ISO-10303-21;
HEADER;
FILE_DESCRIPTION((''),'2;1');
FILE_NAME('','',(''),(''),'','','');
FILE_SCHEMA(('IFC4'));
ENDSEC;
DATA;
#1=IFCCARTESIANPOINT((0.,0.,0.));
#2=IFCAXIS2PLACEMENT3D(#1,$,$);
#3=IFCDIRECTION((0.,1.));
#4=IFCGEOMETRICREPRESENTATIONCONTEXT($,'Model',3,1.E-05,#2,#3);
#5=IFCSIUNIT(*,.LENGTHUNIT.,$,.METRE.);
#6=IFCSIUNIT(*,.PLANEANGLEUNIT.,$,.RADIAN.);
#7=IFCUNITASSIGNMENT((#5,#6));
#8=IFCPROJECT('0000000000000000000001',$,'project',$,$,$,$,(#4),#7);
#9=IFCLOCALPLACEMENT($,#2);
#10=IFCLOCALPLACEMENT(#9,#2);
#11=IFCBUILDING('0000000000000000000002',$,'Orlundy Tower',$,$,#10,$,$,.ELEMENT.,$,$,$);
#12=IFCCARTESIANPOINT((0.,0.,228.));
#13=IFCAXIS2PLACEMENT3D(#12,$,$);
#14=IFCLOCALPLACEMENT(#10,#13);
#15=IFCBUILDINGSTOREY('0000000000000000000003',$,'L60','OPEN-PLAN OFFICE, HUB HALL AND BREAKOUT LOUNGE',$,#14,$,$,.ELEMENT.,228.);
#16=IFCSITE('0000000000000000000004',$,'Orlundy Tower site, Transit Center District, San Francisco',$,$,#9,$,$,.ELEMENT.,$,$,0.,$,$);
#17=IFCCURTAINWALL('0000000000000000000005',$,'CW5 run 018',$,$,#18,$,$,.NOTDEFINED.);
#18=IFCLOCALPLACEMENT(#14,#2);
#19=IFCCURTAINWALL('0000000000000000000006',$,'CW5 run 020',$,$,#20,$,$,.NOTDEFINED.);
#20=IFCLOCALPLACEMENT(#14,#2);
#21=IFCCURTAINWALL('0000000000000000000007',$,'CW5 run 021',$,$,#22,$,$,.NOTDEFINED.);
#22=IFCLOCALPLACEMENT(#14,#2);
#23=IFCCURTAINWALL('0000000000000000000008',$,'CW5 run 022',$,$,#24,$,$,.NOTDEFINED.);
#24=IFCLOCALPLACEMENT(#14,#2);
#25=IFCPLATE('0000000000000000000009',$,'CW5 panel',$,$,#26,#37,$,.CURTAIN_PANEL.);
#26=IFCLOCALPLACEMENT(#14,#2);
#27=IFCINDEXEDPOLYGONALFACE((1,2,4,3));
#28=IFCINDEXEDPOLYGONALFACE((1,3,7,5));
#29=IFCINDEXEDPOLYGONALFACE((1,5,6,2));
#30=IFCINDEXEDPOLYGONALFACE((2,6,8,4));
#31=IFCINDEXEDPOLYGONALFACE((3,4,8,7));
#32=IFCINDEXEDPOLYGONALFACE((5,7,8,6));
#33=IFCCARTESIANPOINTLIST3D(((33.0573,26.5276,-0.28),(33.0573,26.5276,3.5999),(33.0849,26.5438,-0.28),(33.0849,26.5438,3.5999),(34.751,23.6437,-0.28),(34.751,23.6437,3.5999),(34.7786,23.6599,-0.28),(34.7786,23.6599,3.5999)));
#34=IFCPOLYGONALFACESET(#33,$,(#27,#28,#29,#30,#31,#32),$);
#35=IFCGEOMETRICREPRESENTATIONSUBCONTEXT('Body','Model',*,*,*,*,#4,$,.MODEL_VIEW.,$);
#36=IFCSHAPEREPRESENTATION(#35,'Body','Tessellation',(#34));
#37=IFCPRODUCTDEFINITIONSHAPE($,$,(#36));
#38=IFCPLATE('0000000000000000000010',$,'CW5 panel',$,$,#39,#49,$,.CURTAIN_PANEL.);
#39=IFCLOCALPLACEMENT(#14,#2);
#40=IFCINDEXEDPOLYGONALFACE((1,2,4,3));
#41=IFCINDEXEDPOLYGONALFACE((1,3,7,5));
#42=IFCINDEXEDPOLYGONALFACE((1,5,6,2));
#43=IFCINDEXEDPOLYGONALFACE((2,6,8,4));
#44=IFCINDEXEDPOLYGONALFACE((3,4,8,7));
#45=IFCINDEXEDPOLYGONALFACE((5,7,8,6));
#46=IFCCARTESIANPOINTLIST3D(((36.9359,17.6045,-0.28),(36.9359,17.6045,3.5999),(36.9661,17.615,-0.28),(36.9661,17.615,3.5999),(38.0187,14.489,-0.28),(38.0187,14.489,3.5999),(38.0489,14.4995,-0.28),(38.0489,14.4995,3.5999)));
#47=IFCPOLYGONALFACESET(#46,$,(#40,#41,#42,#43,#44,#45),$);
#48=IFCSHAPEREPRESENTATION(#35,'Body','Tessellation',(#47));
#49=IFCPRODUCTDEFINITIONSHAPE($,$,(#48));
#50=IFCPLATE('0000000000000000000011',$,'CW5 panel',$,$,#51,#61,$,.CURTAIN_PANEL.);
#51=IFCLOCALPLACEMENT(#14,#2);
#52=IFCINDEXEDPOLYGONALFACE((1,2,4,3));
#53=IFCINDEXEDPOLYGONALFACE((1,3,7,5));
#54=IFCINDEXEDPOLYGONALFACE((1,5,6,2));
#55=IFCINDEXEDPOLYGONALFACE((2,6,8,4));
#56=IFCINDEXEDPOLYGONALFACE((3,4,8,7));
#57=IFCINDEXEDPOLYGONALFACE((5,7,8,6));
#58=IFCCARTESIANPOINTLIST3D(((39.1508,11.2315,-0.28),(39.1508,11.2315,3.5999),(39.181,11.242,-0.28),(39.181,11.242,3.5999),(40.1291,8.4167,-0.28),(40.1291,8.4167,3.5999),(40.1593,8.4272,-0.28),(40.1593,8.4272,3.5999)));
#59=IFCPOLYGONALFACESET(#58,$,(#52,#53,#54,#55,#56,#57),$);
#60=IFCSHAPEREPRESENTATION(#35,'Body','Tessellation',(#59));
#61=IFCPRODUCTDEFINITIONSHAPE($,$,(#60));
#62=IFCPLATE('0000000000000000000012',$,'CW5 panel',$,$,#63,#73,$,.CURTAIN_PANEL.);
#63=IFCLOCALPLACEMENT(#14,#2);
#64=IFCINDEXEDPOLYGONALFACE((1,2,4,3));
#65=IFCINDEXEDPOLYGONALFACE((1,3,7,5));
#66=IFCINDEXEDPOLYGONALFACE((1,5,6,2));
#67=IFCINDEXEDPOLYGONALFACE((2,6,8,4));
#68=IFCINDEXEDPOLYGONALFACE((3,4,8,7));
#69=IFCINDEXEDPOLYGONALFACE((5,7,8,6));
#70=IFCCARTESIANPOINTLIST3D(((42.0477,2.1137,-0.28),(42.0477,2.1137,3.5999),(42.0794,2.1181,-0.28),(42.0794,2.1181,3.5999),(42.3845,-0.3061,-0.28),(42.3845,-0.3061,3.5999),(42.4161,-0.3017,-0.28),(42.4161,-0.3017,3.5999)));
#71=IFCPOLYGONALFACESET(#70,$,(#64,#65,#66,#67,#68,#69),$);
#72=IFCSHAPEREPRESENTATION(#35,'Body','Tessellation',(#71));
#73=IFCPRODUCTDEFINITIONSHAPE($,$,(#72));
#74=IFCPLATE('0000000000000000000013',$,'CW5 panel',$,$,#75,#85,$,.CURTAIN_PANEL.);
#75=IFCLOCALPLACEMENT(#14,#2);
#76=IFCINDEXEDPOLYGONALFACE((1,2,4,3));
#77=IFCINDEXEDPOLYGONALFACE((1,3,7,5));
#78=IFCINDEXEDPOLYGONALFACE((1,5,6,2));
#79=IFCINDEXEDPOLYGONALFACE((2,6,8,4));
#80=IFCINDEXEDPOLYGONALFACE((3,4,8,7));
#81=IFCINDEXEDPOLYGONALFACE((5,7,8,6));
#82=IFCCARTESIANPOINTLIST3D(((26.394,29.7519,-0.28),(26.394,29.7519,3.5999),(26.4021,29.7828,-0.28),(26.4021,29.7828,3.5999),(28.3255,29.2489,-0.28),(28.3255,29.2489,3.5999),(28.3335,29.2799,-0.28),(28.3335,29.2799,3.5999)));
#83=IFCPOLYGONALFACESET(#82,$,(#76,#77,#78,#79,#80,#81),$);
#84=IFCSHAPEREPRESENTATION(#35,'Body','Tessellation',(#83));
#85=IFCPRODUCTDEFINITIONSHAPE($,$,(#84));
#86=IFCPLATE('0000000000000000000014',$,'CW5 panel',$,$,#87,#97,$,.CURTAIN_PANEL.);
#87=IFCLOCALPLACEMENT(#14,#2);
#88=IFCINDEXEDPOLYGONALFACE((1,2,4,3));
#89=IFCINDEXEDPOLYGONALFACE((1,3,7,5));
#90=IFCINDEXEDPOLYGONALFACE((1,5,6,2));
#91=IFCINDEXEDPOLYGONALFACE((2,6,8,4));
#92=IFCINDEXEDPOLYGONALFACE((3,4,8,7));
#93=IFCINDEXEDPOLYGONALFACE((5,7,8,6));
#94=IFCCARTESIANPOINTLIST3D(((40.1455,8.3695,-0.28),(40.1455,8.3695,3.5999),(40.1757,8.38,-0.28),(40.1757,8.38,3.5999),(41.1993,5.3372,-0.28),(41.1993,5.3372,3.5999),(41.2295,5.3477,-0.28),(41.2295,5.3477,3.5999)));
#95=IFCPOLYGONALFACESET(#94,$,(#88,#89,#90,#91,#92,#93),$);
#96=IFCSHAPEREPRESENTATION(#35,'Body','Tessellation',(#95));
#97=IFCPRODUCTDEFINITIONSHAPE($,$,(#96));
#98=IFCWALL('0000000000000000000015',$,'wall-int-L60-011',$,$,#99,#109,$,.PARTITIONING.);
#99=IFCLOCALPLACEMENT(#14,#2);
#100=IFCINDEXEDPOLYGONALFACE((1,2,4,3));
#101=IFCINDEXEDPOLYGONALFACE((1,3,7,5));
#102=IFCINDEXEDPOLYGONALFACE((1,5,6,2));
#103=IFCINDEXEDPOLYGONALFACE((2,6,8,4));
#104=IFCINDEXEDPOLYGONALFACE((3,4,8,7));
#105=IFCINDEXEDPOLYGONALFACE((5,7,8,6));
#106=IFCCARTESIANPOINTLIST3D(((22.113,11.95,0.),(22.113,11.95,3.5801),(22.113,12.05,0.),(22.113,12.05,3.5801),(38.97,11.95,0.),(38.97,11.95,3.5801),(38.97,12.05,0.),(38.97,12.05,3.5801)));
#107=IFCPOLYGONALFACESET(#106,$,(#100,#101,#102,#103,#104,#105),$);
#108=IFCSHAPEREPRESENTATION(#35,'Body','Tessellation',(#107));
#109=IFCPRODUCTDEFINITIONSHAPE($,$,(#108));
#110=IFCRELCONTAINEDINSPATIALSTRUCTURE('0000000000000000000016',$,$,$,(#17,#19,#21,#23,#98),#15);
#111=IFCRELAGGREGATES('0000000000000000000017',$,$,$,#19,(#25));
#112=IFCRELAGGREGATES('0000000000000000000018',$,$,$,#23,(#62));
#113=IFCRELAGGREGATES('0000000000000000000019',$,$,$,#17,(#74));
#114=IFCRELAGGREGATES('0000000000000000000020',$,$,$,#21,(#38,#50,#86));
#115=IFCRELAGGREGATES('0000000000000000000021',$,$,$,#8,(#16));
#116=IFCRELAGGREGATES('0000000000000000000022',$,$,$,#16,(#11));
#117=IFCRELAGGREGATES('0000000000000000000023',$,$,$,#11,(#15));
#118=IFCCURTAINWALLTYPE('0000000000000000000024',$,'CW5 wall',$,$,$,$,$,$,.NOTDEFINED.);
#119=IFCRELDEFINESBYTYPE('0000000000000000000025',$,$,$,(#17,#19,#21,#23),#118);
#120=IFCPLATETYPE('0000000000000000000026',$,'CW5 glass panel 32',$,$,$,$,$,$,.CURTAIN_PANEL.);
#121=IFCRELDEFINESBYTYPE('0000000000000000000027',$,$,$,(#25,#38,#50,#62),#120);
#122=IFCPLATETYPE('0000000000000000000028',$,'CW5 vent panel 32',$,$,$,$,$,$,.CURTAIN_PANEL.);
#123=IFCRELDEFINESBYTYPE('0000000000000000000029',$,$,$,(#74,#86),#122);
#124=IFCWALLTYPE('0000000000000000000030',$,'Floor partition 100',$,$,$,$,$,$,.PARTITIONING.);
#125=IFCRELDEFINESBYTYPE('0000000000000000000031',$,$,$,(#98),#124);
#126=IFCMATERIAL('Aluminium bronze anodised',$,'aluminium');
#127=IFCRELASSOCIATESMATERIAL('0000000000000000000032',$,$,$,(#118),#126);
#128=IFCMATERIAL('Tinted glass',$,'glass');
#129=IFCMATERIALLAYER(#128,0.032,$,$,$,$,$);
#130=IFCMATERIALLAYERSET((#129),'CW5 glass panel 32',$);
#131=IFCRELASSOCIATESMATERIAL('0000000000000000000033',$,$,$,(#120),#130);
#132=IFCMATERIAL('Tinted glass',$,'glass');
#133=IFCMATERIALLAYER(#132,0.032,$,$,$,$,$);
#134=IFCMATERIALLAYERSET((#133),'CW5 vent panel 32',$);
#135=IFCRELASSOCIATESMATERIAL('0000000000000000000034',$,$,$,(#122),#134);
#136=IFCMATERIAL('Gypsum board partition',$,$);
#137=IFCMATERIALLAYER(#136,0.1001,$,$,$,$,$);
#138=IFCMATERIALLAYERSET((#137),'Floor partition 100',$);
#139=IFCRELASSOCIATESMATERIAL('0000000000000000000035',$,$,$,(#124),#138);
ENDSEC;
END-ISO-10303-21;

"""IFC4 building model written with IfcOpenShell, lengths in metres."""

from ifc_helpers import new_model, si_unit, direction, frame, frame_2d, origin, origin_2d, place, context, subcontext, project, spatial, rectangle, extrude, material, layer, layer_set, type_object, element, aggregate, save


model = new_model("IFC4")

# Units and contexts
model_context = context("Model", 3, precision=1e-05, world=origin(), true_north=direction((0.0, 1.0)))
body_context = subcontext(model_context, "Body", "Model", "MODEL_VIEW")
ifc_project = project(units=[si_unit("LENGTHUNIT", "METRE"), si_unit("PLANEANGLEUNIT", "RADIAN")], contexts=[model_context])

# Site, building, storey
site_placement = place(None, origin())
site = spatial("IfcSite", under=ifc_project, at=site_placement, Name="Orlundy Tower site, Transit Center District, San Francisco", CompositionType="ELEMENT", RefElevation=0.0)
building_placement = place(site_placement, origin())
building = spatial("IfcBuilding", under=site, at=building_placement, Name="Orlundy Tower", CompositionType="ELEMENT")
storey_placement = place(building_placement, frame((0.0, 0.0, 228.0)))
storey = spatial("IfcBuildingStorey", under=building, at=storey_placement, Name="L60", Description="OPEN-PLAN OFFICE, HUB HALL AND BREAKOUT LOUNGE", CompositionType="ELEMENT", Elevation=228.0)

# Curtain walls
ifc_material_1 = material(Name="Aluminium bronze anodised", Category="aluminium")
curtain_wall_type = type_object("IfcCurtainWallType", Name="CW5 wall", PredefinedType="NOTDEFINED", material=ifc_material_1)
curtain_wall_1_placement = place(storey_placement, origin())
curtain_wall_1 = element("IfcCurtainWall", 1, at=curtain_wall_1_placement, inside=storey, type_object=curtain_wall_type, Name="CW5 run 018", PredefinedType="NOTDEFINED")
curtain_wall_2_placement = place(storey_placement, origin())
curtain_wall_2 = element("IfcCurtainWall", 2, at=curtain_wall_2_placement, inside=storey, type_object=curtain_wall_type, Name="CW5 run 020", PredefinedType="NOTDEFINED")
curtain_wall_3_placement = place(storey_placement, origin())
curtain_wall_3 = element("IfcCurtainWall", 3, at=curtain_wall_3_placement, inside=storey, type_object=curtain_wall_type, Name="CW5 run 021", PredefinedType="NOTDEFINED")

# Curtain wall
curtain_wall_4_placement = place(storey_placement, origin())
curtain_wall_4 = element("IfcCurtainWall", 4, at=curtain_wall_4_placement, inside=storey, type_object=curtain_wall_type, Name="CW5 run 022", PredefinedType="NOTDEFINED")

# Plates
ifc_material_2 = material(Name="Tinted glass", Category="glass")
ifc_layer_1 = layer(ifc_material_2, 0.032)
ifc_layer_set_1 = layer_set([ifc_layer_1], Name="CW5 glass panel 32")
plate_type_1 = type_object("IfcPlateType", Name="CW5 glass panel 32", PredefinedType="CURTAIN_PANEL", material=ifc_layer_set_1)
plate_1_placement = place(storey_placement, frame((33.918, 25.0938, -0.28), z_axis=(0.0, 0.0, 1.0), x_axis=(0.506419, -0.862288, 0.0)))
plate_1 = element("IfcPlate", 5, at=plate_1_placement, type_object=plate_type_1, Name="CW5 panel", PredefinedType="CURTAIN_PANEL", context=body_context, shape_type="SweptSolid", body=[
    extrude(rectangle(XDim=3.3445, YDim=0.032, at=origin_2d()), origin(), (0.0, 0.0, 1.0), 3.8799),
])
aggregate(curtain_wall_2, [plate_1])
plate_2_placement = place(storey_placement, frame((37.4924, 16.052, -0.28), z_axis=(0.0, 0.0, 1.0), x_axis=(0.328288, -0.944578, 0.0)))
plate_2 = element("IfcPlate", 6, at=plate_2_placement, type_object=plate_type_1, Name="CW5 panel", PredefinedType="CURTAIN_PANEL", context=body_context, shape_type="SweptSolid", body=[
    extrude(rectangle(XDim=3.2983, YDim=0.032, at=origin_2d()), origin(), (0.0, 0.0, 1.0), 3.8799),
])
plate_3_placement = place(storey_placement, frame((39.655, 9.8293, -0.28), z_axis=(0.0, 0.0, 1.0), x_axis=(0.328288, -0.944578, 0.0)))
plate_3 = element("IfcPlate", 7, at=plate_3_placement, type_object=plate_type_1, Name="CW5 panel", PredefinedType="CURTAIN_PANEL", context=body_context, shape_type="SweptSolid", body=[
    extrude(rectangle(XDim=2.98, YDim=0.032, at=origin_2d()), origin(), (0.0, 0.0, 1.0), 3.8799),
])
plate_4_placement = place(storey_placement, frame((42.2319, 0.906, -0.28), z_axis=(0.0, 0.0, 1.0), x_axis=(0.137833, -0.990455, 0.0)))
plate_4 = element("IfcPlate", 8, at=plate_4_placement, type_object=plate_type_1, Name="CW5 panel", PredefinedType="CURTAIN_PANEL", context=body_context, shape_type="SweptSolid", body=[
    extrude(rectangle(XDim=2.4431, YDim=0.032, at=origin_2d()), origin(), (0.0, 0.0, 1.0), 3.8799),
])
aggregate(curtain_wall_4, [plate_4])
ifc_material_3 = material(Name="Tinted glass", Category="glass")
ifc_layer_2 = layer(ifc_material_3, 0.032)
ifc_layer_set_2 = layer_set([ifc_layer_2], Name="CW5 vent panel 32")
plate_type_2 = type_object("IfcPlateType", Name="CW5 vent panel 32", PredefinedType="CURTAIN_PANEL", material=ifc_layer_set_2)
plate_5_placement = place(storey_placement, frame((27.3638, 29.5159, -0.28), z_axis=(0.0, 0.0, 1.0), x_axis=(0.967732, -0.251983, 0.0)))
plate_5 = element("IfcPlate", 9, at=plate_5_placement, type_object=plate_type_2, Name="CW5 panel", PredefinedType="CURTAIN_PANEL", context=body_context, shape_type="SweptSolid", body=[
    extrude(rectangle(XDim=1.9958, YDim=0.032, at=origin_2d()), origin(), (0.0, 0.0, 1.0), 3.8799),
])
aggregate(curtain_wall_1, [plate_5])
plate_6_placement = place(storey_placement, frame((40.6875, 6.8586, -0.28), z_axis=(0.0, 0.0, 1.0), x_axis=(0.328288, -0.944578, 0.0)))
plate_6 = element("IfcPlate", 10, at=plate_6_placement, type_object=plate_type_2, Name="CW5 panel", PredefinedType="CURTAIN_PANEL", context=body_context, shape_type="SweptSolid", body=[
    extrude(rectangle(XDim=3.2102, YDim=0.032, at=origin_2d()), origin(), (0.0, 0.0, 1.0), 3.8799),
])
aggregate(curtain_wall_3, [plate_2, plate_3, plate_6])

# Wall
ifc_material_4 = material(Name="Gypsum board partition")
ifc_layer_3 = layer(ifc_material_4, 0.1001)
ifc_layer_set_3 = layer_set([ifc_layer_3], Name="Floor partition 100")
wall_type = type_object("IfcWallType", Name="Floor partition 100", PredefinedType="PARTITIONING", material=ifc_layer_set_3)
wall_placement = place(storey_placement, frame((22.113, 12.0, 0.0), z_axis=(0.0, 0.0, 1.0), x_axis=(1.0, 0.0, 0.0)))
element("IfcWall", 11, at=wall_placement, inside=storey, type_object=wall_type, Name="wall-int-L60-011", PredefinedType="PARTITIONING", context=body_context, shape_type="SweptSolid", body=[
    extrude(rectangle(XDim=16.8569, YDim=0.1001, at=frame_2d((8.4285, 0.0))), origin(), (0.0, 0.0, 1.0), 3.5801),
])

save(model, "model.ifc")
